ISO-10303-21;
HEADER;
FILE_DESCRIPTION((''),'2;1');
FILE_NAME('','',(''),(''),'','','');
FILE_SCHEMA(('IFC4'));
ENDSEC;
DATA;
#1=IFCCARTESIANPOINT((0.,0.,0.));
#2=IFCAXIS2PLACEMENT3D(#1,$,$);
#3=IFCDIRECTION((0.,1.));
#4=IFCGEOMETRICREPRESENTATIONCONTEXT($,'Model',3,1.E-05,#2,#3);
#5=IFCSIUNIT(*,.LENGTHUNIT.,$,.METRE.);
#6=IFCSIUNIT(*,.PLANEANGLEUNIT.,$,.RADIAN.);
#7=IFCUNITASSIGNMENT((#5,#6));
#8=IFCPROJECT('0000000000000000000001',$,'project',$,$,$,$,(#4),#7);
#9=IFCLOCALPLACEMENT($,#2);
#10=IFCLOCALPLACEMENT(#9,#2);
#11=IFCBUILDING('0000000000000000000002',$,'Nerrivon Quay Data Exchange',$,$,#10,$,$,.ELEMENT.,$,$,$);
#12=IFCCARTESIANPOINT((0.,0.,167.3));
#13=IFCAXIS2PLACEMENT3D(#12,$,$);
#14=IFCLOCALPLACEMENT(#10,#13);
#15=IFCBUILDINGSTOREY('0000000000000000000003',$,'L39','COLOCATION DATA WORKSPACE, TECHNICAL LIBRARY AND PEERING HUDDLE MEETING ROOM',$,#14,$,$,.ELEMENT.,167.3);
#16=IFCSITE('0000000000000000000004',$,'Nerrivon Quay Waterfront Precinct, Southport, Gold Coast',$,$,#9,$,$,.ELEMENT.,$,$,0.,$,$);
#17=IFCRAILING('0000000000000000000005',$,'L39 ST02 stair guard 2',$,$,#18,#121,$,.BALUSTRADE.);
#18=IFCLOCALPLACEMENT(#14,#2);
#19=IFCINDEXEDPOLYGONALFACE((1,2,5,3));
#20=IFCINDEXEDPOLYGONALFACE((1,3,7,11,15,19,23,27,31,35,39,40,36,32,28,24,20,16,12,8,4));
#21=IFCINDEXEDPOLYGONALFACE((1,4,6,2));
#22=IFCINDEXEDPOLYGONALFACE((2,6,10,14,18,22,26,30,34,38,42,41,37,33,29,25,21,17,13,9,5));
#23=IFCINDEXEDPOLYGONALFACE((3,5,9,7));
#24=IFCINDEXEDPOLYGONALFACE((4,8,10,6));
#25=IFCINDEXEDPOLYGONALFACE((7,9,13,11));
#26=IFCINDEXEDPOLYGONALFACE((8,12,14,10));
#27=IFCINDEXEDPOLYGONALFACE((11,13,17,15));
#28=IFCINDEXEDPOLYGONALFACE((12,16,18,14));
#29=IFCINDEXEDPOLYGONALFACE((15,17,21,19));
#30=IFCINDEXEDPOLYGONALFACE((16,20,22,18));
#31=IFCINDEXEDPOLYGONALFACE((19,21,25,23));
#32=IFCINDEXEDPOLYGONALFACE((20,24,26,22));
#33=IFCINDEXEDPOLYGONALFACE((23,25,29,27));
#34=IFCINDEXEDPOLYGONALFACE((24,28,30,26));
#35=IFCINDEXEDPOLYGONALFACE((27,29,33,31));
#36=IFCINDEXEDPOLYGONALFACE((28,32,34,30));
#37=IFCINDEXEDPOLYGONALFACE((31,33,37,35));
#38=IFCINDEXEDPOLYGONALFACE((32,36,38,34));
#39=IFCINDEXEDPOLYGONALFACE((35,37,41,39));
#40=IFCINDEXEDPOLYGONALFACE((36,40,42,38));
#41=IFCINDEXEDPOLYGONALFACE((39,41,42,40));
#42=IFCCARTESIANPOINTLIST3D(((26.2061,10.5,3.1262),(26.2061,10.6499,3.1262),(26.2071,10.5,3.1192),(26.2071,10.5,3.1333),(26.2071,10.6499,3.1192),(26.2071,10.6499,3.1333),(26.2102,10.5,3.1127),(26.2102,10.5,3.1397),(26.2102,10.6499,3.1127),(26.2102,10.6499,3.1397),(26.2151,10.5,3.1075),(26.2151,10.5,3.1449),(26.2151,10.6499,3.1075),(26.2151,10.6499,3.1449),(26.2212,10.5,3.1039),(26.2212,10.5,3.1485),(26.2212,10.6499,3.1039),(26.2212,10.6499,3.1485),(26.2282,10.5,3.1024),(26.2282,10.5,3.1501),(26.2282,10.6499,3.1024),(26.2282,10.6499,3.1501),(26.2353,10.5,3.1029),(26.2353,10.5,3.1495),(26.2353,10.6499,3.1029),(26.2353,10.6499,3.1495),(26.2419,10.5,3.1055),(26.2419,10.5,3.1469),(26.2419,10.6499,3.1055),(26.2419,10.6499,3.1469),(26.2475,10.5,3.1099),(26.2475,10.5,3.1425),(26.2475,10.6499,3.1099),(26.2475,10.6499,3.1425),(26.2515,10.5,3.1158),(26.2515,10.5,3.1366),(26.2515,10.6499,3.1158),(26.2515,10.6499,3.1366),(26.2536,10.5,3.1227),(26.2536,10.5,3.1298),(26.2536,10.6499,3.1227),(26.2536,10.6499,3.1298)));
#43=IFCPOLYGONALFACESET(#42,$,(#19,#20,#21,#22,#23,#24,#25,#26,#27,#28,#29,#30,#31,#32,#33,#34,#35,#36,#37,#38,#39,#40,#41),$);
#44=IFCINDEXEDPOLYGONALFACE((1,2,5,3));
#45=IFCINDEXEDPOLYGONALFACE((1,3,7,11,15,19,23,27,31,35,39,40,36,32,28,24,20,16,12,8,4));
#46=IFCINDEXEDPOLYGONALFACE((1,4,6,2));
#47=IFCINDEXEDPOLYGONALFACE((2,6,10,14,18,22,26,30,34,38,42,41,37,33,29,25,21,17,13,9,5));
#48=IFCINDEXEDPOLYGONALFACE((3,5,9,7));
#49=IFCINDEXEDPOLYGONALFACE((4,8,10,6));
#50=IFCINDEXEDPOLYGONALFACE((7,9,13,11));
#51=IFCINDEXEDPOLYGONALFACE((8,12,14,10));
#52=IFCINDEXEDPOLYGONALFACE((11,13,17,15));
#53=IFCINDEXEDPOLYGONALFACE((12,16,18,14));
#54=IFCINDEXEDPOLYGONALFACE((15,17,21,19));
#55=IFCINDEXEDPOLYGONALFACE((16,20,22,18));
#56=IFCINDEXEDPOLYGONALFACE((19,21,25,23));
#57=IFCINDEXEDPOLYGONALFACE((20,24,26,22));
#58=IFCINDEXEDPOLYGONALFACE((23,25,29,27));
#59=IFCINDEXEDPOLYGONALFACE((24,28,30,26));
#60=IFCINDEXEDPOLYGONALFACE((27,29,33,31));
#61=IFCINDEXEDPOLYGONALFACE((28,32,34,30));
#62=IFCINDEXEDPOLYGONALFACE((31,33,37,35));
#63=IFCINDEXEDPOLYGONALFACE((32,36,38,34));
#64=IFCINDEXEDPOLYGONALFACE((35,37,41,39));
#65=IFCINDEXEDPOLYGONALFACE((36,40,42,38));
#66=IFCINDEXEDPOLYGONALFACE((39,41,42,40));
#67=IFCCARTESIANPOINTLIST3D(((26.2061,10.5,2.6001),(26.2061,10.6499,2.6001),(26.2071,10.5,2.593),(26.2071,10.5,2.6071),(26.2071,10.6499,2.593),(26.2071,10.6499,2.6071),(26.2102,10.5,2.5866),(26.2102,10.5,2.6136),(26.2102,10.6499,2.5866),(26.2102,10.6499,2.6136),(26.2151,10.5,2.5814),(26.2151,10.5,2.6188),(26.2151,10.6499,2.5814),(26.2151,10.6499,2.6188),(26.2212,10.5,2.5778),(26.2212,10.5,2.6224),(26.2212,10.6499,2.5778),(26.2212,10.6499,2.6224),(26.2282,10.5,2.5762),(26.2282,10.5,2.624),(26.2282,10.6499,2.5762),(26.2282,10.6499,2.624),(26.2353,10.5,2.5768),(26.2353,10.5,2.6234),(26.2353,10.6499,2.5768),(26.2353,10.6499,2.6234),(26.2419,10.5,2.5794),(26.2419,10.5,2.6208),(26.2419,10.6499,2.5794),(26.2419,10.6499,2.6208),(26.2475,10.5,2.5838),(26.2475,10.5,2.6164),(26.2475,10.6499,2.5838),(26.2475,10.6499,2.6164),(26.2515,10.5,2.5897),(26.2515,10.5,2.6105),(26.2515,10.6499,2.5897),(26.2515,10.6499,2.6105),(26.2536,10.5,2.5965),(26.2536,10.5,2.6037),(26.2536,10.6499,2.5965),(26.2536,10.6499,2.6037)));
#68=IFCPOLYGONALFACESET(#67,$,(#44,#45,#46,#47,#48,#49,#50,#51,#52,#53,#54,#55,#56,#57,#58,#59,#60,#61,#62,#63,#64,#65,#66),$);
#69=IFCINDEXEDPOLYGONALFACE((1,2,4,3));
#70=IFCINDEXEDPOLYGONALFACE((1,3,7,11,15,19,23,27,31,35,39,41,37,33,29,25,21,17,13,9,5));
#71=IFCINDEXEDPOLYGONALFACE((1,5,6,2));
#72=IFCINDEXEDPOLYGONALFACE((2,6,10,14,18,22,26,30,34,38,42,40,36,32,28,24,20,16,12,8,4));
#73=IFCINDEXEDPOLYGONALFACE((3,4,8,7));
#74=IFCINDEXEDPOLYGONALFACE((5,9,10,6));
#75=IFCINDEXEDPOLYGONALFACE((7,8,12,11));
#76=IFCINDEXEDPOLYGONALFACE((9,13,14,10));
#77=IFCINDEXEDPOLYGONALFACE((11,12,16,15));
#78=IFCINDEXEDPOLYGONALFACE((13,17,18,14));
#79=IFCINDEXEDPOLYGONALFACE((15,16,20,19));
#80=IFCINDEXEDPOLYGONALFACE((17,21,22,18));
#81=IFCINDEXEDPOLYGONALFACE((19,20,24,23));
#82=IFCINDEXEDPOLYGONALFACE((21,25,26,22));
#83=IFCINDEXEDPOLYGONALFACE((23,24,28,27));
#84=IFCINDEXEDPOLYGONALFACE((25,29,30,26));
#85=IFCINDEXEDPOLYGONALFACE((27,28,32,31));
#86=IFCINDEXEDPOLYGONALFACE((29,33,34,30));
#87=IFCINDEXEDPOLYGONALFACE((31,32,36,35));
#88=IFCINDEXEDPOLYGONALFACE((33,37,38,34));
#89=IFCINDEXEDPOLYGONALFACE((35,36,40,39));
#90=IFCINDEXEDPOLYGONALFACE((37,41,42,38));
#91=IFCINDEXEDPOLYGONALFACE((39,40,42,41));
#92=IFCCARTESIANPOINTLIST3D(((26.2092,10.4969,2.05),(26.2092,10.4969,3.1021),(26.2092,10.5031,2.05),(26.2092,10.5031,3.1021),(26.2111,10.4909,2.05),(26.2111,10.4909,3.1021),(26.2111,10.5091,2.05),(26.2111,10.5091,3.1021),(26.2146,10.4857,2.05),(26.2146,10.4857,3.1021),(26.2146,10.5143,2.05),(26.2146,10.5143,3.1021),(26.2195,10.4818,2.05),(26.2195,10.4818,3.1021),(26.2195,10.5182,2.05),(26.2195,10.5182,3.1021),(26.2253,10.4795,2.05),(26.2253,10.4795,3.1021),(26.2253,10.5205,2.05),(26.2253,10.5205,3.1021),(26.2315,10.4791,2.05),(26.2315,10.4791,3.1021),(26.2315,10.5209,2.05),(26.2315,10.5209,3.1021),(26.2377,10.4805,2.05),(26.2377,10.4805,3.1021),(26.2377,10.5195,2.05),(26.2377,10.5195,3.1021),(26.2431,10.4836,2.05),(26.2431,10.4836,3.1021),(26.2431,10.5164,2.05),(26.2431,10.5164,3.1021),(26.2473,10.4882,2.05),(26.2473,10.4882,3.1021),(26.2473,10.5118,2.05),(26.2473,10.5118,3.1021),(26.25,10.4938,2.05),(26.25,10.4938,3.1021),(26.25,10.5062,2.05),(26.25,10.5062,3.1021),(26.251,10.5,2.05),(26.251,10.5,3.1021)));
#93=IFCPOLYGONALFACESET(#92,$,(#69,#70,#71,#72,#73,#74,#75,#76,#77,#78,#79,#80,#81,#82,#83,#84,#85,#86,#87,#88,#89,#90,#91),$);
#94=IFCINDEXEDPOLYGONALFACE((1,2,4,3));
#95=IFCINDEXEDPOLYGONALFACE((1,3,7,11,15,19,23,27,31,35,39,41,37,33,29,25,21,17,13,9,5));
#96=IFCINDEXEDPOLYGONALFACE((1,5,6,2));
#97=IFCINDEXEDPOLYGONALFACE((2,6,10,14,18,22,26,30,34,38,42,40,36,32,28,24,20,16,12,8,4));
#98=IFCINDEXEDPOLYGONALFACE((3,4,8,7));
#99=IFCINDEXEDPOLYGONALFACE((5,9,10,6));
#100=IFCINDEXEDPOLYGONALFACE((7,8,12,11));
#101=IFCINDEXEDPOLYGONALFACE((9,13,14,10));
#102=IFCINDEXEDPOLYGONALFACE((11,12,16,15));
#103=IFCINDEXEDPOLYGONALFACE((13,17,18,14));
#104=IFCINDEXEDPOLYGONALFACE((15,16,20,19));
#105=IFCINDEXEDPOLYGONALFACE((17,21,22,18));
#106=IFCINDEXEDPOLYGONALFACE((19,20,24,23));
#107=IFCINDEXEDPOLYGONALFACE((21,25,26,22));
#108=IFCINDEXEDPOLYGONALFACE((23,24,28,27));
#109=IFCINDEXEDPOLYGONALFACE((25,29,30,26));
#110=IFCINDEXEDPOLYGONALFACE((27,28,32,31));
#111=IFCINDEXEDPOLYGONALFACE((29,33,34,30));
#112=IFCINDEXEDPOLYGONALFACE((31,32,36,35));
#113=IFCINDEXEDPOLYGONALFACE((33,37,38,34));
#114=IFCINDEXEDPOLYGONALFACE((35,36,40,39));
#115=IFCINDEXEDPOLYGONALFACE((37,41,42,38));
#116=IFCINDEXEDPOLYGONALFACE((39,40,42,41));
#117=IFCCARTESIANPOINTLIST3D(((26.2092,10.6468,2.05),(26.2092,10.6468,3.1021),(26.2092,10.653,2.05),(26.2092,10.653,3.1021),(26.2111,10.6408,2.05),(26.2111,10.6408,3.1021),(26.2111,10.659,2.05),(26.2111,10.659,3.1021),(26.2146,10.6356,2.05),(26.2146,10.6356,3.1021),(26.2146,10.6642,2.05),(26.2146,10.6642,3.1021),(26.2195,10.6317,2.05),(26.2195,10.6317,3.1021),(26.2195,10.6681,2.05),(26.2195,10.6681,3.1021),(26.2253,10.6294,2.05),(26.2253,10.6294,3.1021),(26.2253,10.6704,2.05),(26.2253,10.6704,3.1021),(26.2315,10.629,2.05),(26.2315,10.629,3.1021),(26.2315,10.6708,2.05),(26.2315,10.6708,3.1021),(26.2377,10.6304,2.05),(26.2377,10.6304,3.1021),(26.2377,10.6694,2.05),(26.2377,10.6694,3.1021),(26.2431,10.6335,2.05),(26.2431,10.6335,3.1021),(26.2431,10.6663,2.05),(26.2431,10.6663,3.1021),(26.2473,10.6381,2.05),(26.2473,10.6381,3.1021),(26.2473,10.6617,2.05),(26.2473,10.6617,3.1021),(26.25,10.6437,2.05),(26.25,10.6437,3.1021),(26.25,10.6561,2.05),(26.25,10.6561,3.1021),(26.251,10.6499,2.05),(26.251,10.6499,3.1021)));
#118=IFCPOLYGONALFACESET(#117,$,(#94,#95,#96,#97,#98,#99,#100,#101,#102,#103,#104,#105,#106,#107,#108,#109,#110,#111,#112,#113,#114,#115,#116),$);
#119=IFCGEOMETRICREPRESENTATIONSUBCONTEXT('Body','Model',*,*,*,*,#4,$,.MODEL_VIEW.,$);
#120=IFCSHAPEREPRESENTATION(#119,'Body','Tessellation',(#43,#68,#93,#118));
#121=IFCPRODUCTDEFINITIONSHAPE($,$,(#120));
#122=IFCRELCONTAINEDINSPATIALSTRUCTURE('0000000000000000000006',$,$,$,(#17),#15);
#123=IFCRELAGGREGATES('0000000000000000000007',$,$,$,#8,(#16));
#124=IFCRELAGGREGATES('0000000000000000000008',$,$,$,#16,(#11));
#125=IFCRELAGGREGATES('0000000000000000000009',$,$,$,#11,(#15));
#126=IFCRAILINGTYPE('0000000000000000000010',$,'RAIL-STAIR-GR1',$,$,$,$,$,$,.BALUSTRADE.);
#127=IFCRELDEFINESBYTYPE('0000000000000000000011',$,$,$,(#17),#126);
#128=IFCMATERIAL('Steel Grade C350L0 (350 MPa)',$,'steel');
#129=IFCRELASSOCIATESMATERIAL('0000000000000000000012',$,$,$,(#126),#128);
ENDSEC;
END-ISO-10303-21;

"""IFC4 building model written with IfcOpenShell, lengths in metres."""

from ifc_helpers import new_model, si_unit, direction, frame, origin, origin_2d, place, context, subcontext, project, spatial, circle, extrude, material, type_object, element, save


model = new_model("IFC4")

# Units and contexts
model_context = context("Model", 3, precision=1e-05, world=origin(), true_north=direction((0.0, 1.0)))
body_context = subcontext(model_context, "Body", "Model", "MODEL_VIEW")
ifc_project = project(units=[si_unit("LENGTHUNIT", "METRE"), si_unit("PLANEANGLEUNIT", "RADIAN")], contexts=[model_context])

# Site, building, storey
site_placement = place(None, origin())
site = spatial("IfcSite", under=ifc_project, at=site_placement, Name="Nerrivon Quay Waterfront Precinct, Southport, Gold Coast", CompositionType="ELEMENT", RefElevation=0.0)
building_placement = place(site_placement, origin())
building = spatial("IfcBuilding", under=site, at=building_placement, Name="Nerrivon Quay Data Exchange", CompositionType="ELEMENT")
storey_placement = place(building_placement, frame((0.0, 0.0, 167.3)))
storey = spatial("IfcBuildingStorey", under=building, at=storey_placement, Name="L39", Description="COLOCATION DATA WORKSPACE, TECHNICAL LIBRARY AND PEERING HUDDLE MEETING ROOM", CompositionType="ELEMENT", Elevation=167.3)

# Shared definitions
ifc_material_1 = material(Name="Steel Grade C350L0 (350 MPa)", Category="steel")

# Railing
railing_type_1 = type_object("IfcRailingType", Name="RAIL-STAIR-GR1", PredefinedType="BALUSTRADE", material=ifc_material_1)
railing_1_placement = place(storey_placement, frame((26.23, 10.5, 2.05)))
element("IfcRailing", 1, at=railing_1_placement, inside=storey, type_object=railing_type_1, Name="L39 ST02 stair guard 2", PredefinedType="BALUSTRADE", context=body_context, shape_type="SweptSolid", body=[
    extrude(circle(Radius=0.0239, at=origin_2d()), frame((0.0, 0.0, 1.0762), z_axis=(0.0, 1.0, 0.0), x_axis=(-1.0, 0.0, 0.0)), (0.0, 0.0, 1.0), 0.1499),
    extrude(circle(Radius=0.0239, at=origin_2d()), frame((0.0, 0.0, 0.55), z_axis=(0.0, 1.0, 0.0), x_axis=(-1.0, 0.0, 0.0)), (0.0, 0.0, 1.0), 0.1499),
    extrude(circle(Radius=0.021, at=origin_2d()), origin(), (0.0, 0.0, 1.0), 1.052),
    extrude(circle(Radius=0.021, at=origin_2d()), frame((0.0, 0.1499, 0.0)), (0.0, 0.0, 1.0), 1.052),
])

save(model, "model.ifc")
